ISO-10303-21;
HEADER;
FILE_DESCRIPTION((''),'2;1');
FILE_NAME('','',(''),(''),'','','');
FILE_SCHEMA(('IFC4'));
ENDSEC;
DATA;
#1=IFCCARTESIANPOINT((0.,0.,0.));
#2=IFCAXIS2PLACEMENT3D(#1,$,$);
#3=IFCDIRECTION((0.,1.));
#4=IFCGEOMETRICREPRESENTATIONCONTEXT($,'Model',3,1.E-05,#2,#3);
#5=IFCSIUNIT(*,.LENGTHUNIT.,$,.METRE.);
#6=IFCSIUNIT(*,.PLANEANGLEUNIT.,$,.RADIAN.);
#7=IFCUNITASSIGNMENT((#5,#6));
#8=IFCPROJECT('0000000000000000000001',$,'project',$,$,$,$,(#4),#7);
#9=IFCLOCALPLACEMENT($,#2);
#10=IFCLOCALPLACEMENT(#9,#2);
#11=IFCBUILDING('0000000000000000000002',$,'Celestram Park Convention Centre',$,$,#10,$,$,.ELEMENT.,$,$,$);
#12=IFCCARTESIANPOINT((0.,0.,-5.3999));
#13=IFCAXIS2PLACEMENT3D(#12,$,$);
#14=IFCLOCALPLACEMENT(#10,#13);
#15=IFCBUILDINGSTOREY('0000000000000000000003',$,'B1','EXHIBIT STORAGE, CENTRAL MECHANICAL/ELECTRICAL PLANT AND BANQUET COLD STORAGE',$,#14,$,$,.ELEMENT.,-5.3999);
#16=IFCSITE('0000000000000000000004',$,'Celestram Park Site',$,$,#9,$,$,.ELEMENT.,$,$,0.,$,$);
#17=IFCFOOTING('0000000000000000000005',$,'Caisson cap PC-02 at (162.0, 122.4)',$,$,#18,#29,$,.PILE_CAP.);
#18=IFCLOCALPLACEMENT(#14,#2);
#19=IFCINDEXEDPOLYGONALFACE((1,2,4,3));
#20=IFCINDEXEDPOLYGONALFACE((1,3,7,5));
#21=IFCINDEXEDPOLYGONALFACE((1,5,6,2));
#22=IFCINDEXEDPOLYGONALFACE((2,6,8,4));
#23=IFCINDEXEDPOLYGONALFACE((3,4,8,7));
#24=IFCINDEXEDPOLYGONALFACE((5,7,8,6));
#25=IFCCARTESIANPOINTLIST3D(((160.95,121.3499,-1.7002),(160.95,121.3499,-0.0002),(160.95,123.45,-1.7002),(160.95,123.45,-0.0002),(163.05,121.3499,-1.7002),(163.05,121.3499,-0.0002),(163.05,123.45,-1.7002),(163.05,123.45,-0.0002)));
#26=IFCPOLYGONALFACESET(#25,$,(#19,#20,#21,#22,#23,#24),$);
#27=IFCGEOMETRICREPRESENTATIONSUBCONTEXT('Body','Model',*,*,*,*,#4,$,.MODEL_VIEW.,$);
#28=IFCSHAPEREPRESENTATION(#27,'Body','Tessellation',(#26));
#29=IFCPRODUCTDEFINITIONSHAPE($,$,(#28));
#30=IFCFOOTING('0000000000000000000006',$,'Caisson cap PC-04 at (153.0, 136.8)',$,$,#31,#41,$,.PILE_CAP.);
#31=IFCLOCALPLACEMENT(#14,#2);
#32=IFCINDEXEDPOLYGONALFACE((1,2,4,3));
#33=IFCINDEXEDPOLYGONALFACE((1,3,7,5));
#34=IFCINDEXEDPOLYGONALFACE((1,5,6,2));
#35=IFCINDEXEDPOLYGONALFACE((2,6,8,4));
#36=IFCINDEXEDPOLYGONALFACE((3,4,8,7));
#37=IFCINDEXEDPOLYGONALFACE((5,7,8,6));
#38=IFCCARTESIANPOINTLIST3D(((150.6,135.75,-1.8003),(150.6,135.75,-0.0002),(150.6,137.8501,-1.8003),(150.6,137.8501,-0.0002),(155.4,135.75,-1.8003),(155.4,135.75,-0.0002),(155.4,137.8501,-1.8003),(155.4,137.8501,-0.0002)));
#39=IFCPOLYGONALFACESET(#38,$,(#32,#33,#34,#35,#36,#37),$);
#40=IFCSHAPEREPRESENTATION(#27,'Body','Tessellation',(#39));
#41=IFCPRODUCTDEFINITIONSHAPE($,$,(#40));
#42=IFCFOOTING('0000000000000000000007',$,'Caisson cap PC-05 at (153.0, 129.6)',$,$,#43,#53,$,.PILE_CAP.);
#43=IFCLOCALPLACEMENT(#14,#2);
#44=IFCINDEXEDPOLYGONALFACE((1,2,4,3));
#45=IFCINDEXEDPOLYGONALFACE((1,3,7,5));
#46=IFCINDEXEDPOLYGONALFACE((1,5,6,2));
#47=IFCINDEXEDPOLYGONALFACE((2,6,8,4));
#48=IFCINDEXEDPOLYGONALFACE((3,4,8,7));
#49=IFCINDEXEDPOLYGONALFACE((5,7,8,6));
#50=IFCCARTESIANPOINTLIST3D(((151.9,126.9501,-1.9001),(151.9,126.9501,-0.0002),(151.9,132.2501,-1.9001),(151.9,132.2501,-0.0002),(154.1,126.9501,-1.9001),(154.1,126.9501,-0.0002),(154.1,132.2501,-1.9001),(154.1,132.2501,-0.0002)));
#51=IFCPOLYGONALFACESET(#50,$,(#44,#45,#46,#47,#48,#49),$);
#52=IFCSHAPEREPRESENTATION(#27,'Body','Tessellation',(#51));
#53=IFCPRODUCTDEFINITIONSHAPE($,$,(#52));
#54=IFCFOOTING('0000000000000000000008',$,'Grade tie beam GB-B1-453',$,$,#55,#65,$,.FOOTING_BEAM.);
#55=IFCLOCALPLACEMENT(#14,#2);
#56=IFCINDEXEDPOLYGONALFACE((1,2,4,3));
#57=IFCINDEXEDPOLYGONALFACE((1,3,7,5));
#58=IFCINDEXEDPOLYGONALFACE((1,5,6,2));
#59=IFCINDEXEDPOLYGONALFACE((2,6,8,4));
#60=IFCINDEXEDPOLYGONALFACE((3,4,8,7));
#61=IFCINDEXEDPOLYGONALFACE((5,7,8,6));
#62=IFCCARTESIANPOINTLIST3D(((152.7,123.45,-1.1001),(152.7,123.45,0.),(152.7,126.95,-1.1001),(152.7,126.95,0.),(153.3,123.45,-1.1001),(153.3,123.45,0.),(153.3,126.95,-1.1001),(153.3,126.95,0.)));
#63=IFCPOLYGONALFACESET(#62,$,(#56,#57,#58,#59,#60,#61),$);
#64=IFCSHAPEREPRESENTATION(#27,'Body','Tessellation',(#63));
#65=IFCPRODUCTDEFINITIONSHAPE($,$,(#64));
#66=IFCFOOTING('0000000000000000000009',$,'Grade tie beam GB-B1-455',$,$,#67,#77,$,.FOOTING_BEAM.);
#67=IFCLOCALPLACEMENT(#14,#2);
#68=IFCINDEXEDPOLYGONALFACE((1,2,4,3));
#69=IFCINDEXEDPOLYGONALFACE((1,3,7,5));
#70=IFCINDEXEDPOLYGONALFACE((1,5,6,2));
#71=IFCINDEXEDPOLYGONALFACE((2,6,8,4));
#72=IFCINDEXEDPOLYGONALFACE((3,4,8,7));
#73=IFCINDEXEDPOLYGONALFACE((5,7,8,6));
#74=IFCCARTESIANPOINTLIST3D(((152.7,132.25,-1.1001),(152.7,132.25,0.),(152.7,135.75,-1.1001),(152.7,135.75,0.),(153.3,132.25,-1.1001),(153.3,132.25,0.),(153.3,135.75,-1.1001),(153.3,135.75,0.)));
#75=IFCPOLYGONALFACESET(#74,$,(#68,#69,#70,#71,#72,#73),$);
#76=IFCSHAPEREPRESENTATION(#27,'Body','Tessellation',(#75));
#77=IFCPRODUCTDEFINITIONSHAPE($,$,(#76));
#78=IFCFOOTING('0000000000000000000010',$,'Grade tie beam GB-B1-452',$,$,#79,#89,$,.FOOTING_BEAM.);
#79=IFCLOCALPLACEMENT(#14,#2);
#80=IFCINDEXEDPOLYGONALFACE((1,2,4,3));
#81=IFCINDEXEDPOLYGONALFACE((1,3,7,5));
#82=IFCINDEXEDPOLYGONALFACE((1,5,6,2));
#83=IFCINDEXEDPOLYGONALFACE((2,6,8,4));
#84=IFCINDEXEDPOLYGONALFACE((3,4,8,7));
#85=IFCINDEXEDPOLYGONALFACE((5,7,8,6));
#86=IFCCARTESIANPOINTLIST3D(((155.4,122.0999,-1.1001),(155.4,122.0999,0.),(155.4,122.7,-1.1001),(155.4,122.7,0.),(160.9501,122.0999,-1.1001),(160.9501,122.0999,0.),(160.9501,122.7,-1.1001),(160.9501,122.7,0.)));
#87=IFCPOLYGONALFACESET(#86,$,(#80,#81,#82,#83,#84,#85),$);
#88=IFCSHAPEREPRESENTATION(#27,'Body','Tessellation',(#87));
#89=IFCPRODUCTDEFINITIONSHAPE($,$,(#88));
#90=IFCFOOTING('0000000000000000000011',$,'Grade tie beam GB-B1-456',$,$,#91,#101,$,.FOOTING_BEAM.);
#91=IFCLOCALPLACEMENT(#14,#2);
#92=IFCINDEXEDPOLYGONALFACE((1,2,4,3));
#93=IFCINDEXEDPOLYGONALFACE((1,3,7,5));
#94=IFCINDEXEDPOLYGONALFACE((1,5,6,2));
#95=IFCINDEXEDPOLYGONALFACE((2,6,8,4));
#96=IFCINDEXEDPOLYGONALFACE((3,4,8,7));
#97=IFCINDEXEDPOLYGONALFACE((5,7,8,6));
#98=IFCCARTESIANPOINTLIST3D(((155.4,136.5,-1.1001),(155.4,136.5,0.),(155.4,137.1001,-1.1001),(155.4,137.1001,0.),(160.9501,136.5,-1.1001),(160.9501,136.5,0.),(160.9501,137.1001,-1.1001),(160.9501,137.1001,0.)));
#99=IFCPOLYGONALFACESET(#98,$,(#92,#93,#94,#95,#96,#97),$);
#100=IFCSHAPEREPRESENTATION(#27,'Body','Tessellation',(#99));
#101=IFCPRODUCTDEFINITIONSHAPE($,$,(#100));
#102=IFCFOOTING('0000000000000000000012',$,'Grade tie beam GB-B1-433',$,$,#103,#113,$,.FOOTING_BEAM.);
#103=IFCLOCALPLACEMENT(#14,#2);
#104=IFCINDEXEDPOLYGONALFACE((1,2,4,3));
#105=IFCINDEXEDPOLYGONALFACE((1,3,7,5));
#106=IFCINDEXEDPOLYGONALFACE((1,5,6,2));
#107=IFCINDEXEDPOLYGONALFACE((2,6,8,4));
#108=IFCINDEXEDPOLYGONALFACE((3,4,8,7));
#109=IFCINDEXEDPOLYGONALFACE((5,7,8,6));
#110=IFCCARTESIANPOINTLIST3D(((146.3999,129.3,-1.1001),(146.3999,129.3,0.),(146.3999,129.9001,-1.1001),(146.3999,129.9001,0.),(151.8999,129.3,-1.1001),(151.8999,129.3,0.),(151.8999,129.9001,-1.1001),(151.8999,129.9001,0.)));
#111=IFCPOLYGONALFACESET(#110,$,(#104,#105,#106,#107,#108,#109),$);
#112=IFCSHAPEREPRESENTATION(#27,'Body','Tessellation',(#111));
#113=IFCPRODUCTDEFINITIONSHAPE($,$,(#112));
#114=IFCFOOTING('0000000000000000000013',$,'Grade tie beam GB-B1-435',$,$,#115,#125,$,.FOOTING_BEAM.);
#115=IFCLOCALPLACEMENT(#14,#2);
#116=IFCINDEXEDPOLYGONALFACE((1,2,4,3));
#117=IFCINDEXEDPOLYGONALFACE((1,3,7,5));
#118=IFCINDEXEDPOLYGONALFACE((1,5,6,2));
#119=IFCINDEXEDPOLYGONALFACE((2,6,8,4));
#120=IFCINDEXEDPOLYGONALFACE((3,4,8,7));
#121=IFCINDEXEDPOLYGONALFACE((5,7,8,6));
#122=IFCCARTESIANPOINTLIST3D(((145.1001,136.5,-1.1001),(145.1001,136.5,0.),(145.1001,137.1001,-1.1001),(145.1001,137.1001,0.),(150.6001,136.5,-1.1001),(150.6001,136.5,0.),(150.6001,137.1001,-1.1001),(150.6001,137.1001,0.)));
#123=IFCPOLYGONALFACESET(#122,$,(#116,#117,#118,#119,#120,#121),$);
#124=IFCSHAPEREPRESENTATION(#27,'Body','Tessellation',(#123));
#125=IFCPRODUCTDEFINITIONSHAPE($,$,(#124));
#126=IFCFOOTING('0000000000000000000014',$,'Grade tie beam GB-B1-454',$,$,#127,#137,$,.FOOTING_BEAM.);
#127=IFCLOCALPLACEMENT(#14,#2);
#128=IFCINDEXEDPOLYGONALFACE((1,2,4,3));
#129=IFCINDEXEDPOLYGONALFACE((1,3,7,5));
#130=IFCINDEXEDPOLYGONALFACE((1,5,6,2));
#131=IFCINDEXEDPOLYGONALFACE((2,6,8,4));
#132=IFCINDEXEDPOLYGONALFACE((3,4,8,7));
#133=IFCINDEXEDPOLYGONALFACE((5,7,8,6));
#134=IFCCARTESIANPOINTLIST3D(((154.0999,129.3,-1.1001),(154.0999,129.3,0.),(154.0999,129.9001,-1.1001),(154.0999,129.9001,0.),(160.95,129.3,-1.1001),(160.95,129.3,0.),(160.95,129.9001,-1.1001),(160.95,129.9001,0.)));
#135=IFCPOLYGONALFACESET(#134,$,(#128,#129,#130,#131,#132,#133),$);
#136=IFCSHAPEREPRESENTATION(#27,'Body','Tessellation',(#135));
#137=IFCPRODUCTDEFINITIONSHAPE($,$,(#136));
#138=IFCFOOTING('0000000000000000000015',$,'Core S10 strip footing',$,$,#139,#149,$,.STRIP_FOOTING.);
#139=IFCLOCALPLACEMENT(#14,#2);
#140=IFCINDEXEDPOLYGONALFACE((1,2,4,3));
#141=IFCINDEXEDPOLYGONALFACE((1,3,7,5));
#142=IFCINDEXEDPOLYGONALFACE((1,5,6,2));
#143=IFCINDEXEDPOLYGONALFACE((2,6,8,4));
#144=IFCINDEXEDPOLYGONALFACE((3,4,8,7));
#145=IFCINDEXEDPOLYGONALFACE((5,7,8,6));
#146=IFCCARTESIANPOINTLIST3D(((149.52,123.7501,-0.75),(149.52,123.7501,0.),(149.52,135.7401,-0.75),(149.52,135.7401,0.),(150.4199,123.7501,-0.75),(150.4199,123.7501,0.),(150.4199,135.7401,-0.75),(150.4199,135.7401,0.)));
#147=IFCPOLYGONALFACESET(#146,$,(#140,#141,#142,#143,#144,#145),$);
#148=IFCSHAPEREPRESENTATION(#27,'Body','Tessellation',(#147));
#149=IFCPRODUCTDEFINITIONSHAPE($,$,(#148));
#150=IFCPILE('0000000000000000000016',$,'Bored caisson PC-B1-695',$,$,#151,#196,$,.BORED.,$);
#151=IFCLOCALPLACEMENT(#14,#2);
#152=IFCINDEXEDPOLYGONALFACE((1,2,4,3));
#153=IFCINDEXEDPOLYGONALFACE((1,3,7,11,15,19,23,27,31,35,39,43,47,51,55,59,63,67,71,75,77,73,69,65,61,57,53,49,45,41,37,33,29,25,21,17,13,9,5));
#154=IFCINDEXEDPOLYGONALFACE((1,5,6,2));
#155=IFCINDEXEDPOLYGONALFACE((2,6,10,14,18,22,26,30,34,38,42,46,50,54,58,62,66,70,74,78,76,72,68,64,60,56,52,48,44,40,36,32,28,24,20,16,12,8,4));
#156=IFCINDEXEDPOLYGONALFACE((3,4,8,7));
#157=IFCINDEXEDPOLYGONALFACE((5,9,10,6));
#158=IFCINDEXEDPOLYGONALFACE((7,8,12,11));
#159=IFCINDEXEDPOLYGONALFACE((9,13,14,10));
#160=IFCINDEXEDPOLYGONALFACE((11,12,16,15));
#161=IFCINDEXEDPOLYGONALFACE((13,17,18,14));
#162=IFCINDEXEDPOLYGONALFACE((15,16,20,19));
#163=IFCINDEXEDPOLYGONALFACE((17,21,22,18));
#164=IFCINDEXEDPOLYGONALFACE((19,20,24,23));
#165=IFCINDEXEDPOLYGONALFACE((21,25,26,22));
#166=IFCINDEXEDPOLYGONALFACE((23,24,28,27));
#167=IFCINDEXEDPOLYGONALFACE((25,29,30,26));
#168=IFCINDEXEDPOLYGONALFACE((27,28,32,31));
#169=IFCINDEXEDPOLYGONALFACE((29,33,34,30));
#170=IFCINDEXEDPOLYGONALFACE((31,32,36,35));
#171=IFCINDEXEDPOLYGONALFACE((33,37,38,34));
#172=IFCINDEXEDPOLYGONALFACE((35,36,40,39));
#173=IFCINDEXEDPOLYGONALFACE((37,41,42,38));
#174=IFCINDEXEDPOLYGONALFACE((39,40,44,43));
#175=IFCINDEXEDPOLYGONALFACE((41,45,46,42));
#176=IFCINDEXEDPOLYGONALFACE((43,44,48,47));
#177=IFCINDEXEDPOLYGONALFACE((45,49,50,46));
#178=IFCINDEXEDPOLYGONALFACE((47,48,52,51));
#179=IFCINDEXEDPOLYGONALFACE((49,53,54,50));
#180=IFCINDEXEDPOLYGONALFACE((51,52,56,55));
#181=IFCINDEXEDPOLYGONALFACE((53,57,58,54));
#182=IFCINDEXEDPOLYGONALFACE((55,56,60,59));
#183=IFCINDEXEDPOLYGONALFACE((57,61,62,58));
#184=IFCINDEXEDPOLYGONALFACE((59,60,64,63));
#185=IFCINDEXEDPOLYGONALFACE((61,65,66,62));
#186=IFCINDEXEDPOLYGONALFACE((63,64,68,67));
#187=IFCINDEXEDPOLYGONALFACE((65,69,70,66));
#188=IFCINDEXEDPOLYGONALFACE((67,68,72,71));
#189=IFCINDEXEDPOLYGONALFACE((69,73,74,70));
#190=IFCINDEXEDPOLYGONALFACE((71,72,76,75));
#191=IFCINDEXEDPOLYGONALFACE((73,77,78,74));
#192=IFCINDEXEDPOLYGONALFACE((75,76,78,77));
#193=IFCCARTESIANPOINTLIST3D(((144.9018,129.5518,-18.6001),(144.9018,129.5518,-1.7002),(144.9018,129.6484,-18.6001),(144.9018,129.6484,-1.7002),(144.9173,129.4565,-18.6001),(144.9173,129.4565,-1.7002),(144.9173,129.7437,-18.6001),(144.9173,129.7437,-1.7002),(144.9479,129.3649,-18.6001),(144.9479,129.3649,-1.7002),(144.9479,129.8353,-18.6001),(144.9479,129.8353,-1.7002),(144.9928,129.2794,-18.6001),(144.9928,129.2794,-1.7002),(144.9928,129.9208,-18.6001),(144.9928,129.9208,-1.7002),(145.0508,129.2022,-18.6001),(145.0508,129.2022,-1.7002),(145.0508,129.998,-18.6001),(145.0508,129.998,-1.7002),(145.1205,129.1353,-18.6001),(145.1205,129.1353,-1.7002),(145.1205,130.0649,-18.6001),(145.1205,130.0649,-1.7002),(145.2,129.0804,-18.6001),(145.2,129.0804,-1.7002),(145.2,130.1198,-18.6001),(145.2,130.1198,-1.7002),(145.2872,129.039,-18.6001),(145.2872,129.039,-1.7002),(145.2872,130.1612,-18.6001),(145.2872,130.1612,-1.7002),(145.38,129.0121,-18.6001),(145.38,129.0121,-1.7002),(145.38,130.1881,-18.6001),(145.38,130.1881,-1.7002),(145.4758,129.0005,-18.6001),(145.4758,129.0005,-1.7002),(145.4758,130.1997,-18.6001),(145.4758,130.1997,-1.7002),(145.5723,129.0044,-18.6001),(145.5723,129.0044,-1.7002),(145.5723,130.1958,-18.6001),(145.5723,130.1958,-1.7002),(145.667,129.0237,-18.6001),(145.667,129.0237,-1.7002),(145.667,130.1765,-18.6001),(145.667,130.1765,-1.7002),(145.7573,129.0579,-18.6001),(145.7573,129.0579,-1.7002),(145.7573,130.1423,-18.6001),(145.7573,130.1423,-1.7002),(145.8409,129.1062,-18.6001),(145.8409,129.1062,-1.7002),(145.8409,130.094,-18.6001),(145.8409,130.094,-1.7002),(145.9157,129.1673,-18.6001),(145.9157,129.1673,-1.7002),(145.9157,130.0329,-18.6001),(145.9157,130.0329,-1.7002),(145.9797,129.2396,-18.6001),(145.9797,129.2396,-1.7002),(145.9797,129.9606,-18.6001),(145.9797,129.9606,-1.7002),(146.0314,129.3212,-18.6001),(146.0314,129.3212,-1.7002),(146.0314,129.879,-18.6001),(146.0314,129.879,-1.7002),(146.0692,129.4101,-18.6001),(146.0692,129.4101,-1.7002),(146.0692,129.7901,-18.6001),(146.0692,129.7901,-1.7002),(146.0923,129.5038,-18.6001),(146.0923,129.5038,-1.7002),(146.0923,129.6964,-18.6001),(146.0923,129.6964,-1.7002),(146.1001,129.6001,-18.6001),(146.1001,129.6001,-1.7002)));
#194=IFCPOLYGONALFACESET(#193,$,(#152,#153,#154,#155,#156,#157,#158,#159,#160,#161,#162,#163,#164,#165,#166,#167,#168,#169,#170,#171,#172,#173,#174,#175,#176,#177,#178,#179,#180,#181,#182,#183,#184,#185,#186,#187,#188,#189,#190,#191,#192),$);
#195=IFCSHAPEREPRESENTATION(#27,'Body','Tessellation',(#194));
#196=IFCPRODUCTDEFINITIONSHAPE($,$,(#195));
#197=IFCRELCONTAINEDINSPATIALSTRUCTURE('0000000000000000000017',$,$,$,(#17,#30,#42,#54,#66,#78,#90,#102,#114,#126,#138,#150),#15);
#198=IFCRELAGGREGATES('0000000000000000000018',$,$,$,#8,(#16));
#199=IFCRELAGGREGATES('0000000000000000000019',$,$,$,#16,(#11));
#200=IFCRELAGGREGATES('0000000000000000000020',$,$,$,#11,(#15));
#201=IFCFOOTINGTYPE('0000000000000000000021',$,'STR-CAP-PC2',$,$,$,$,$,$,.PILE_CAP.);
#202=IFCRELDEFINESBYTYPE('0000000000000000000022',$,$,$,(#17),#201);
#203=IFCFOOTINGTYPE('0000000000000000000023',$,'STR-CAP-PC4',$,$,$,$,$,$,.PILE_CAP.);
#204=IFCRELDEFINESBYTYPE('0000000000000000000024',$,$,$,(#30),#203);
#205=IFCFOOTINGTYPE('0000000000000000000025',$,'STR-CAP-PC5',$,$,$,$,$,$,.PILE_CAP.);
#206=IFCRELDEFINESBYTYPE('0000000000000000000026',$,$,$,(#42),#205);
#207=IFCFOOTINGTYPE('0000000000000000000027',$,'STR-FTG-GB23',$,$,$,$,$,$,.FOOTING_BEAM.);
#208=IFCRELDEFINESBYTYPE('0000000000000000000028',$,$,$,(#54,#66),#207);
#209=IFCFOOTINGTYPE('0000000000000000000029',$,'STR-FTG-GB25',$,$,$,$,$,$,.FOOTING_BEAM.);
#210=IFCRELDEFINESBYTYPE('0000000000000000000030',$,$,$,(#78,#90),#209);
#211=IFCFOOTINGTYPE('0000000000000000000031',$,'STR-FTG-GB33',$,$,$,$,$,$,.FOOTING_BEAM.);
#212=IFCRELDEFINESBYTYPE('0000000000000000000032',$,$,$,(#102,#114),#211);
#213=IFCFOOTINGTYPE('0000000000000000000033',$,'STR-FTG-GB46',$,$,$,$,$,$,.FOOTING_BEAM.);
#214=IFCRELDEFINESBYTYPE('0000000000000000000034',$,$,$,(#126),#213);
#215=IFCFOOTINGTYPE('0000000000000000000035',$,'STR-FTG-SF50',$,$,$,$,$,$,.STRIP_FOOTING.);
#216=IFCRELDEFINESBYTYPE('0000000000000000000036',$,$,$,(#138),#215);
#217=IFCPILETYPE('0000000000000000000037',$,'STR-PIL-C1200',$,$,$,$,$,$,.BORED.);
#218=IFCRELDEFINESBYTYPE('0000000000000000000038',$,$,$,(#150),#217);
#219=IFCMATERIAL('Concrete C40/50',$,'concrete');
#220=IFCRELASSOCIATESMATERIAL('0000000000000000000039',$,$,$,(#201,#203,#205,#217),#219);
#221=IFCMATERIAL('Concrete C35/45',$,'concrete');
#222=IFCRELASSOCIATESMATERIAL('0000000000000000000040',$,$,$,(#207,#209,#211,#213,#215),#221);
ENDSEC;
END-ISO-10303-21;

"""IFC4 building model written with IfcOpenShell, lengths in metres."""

from ifc_helpers import new_model, si_unit, direction, frame, origin, origin_2d, place, context, subcontext, project, spatial, rectangle, circle, extrude, material, material_profile, profile_set, type_object, element, save


model = new_model("IFC4")

# Units and contexts
model_context = context("Model", 3, precision=1e-05, world=origin(), true_north=direction((0.0, 1.0)))
body_context = subcontext(model_context, "Body", "Model", "MODEL_VIEW")
ifc_project = project(units=[si_unit("LENGTHUNIT", "METRE"), si_unit("PLANEANGLEUNIT", "RADIAN")], contexts=[model_context])

# Site, building, storey
site_placement = place(None, origin())
site = spatial("IfcSite", under=ifc_project, at=site_placement, Name="Celestram Park Site", CompositionType="ELEMENT", RefElevation=0.0)
building_placement = place(site_placement, origin())
building = spatial("IfcBuilding", under=site, at=building_placement, Name="Celestram Park Convention Centre", CompositionType="ELEMENT")
storey_placement = place(building_placement, frame((0.0, 0.0, -5.3999)))
storey = spatial("IfcBuildingStorey", under=building, at=storey_placement, Name="B1", Description="EXHIBIT STORAGE, CENTRAL MECHANICAL/ELECTRICAL PLANT AND BANQUET COLD STORAGE", CompositionType="ELEMENT", Elevation=-5.3999)

# Footings
ifc_material_1 = material(Name="Concrete C40/50", Category="concrete")
footing_type_1 = type_object("IfcFootingType", Name="STR-CAP-PC2", PredefinedType="PILE_CAP", material=ifc_material_1)
footing_1_placement = place(storey_placement, frame((162.0, 122.3999, -1.7002), z_axis=(0.0, 0.0, 1.0), x_axis=(1.0, 0.0, 0.0)))
element("IfcFooting", 1, at=footing_1_placement, inside=storey, type_object=footing_type_1, Name="Caisson cap PC-02 at (162.0, 122.4)", PredefinedType="PILE_CAP", context=body_context, shape_type="SweptSolid", body=[
    extrude(rectangle(XDim=2.1001, YDim=2.1001, at=origin_2d()), origin(), (0.0, 0.0, 1.0), 1.7),
])
footing_type_2 = type_object("IfcFootingType", Name="STR-CAP-PC4", PredefinedType="PILE_CAP", material=ifc_material_1)
footing_2_placement = place(storey_placement, frame((153.0, 136.8, -1.8003), z_axis=(0.0, 0.0, 1.0), x_axis=(1.0, 0.0, 0.0)))
element("IfcFooting", 2, at=footing_2_placement, inside=storey, type_object=footing_type_2, Name="Caisson cap PC-04 at (153.0, 136.8)", PredefinedType="PILE_CAP", context=body_context, shape_type="SweptSolid", body=[
    extrude(rectangle(XDim=4.8, YDim=2.1001, at=origin_2d()), origin(), (0.0, 0.0, 1.0), 1.8),
])
footing_type_3 = type_object("IfcFootingType", Name="STR-CAP-PC5", PredefinedType="PILE_CAP", material=ifc_material_1)
footing_3_placement = place(storey_placement, frame((153.0, 129.6001, -1.9001), z_axis=(0.0, 0.0, 1.0), x_axis=(1.0, 0.0, 0.0)))
element("IfcFooting", 3, at=footing_3_placement, inside=storey, type_object=footing_type_3, Name="Caisson cap PC-05 at (153.0, 129.6)", PredefinedType="PILE_CAP", context=body_context, shape_type="SweptSolid", body=[
    extrude(rectangle(XDim=2.2, YDim=5.3, at=origin_2d()), origin(), (0.0, 0.0, 1.0), 1.8999),
])
ifc_material_2 = material(Name="Concrete C35/45", Category="concrete")
footing_type_4 = type_object("IfcFootingType", Name="STR-FTG-GB23", PredefinedType="FOOTING_BEAM", material=ifc_material_2)
for number, where, z_axis, x_axis, name in (
    (4, (153.0, 125.2, -1.1001), (0.0, 0.0, 1.0), (0.0, 1.0, 0.0), "Grade tie beam GB-B1-453"),
    (5, (153.0, 134.0, -1.1001), (0.0, 0.0, 1.0), (0.0, 1.0, 0.0), "Grade tie beam GB-B1-455"),
):
    element("IfcFooting", number, at=place(storey_placement, frame(where, z_axis=z_axis, x_axis=x_axis)), inside=storey, type_object=footing_type_4, Name=name, PredefinedType="FOOTING_BEAM", context=body_context, shape_type="SweptSolid", body=[
        extrude(rectangle(XDim=3.5, YDim=0.6001, at=origin_2d()), origin(), (0.0, 0.0, 1.0), 1.1001),
    ])
footing_type_5 = type_object("IfcFootingType", Name="STR-FTG-GB25", PredefinedType="FOOTING_BEAM", material=ifc_material_2)
for number, where, z_axis, x_axis, name in (
    (6, (158.175, 122.3999, -1.1001), (0.0, 0.0, 1.0), (1.0, 0.0, 0.0), "Grade tie beam GB-B1-452"),
    (7, (158.175, 136.8, -1.1001), (0.0, 0.0, 1.0), (1.0, 0.0, 0.0), "Grade tie beam GB-B1-456"),
):
    element("IfcFooting", number, at=place(storey_placement, frame(where, z_axis=z_axis, x_axis=x_axis)), inside=storey, type_object=footing_type_5, Name=name, PredefinedType="FOOTING_BEAM", context=body_context, shape_type="SweptSolid", body=[
        extrude(rectangle(XDim=5.55, YDim=0.6001, at=origin_2d()), origin(), (0.0, 0.0, 1.0), 1.1001),
    ])
footing_type_6 = type_object("IfcFootingType", Name="STR-FTG-GB33", PredefinedType="FOOTING_BEAM", material=ifc_material_2)
for number, where, z_axis, x_axis, name in (
    (8, (149.1499, 129.6001, -1.1001), (0.0, 0.0, 1.0), (1.0, 0.0, 0.0), "Grade tie beam GB-B1-433"),
    (9, (147.8501, 136.8, -1.1001), (0.0, 0.0, 1.0), (1.0, 0.0, 0.0), "Grade tie beam GB-B1-435"),
):
    element("IfcFooting", number, at=place(storey_placement, frame(where, z_axis=z_axis, x_axis=x_axis)), inside=storey, type_object=footing_type_6, Name=name, PredefinedType="FOOTING_BEAM", context=body_context, shape_type="SweptSolid", body=[
        extrude(rectangle(XDim=5.5, YDim=0.6001, at=origin_2d()), origin(), (0.0, 0.0, 1.0), 1.1001),
    ])
footing_type_7 = type_object("IfcFootingType", Name="STR-FTG-GB46", PredefinedType="FOOTING_BEAM", material=ifc_material_2)
footing_4_placement = place(storey_placement, frame((157.5249, 129.6001, -1.1001), z_axis=(0.0, 0.0, 1.0), x_axis=(1.0, 0.0, 0.0)))
element("IfcFooting", 10, at=footing_4_placement, inside=storey, type_object=footing_type_7, Name="Grade tie beam GB-B1-454", PredefinedType="FOOTING_BEAM", context=body_context, shape_type="SweptSolid", body=[
    extrude(rectangle(XDim=6.8501, YDim=0.6001, at=origin_2d()), origin(), (0.0, 0.0, 1.0), 1.1001),
])
footing_type_8 = type_object("IfcFootingType", Name="STR-FTG-SF50", PredefinedType="STRIP_FOOTING", material=ifc_material_2)
footing_5_placement = place(storey_placement, frame((149.97, 129.7451, -0.75), z_axis=(0.0, 0.0, 1.0), x_axis=(0.0, 1.0, 0.0)))
element("IfcFooting", 11, at=footing_5_placement, inside=storey, type_object=footing_type_8, Name="Core S10 strip footing", PredefinedType="STRIP_FOOTING", context=body_context, shape_type="SweptSolid", body=[
    extrude(rectangle(XDim=11.99, YDim=0.8999, at=origin_2d()), origin(), (0.0, 0.0, 1.0), 0.75),
])

# Pile
ifc_material_profile_1 = material_profile(ifc_material_1, circle(Radius=0.6001, at=origin_2d()), Name="CAISSON1200")
ifc_profile_set_1 = profile_set([ifc_material_profile_1], Name="Concrete C40/50")
pile_type_1 = type_object("IfcPileType", Name="STR-PIL-C1200", PredefinedType="BORED", material=ifc_profile_set_1)
for number, where, z_axis, x_axis, name in (
    (12, (145.5, 129.6001, -1.7002), (0.0, 0.0, -1.0), (1.0, 0.0, 0.0), "Bored caisson PC-B1-695"),
):
    element("IfcPile", number, at=place(storey_placement, frame(where, z_axis=z_axis, x_axis=x_axis)), inside=storey, type_object=pile_type_1, Name=name, PredefinedType="BORED", context=body_context, shape_type="SweptSolid", body=[
        extrude(circle(Radius=0.6001, at=origin_2d()), origin(), (0.0, 0.0, 1.0), 16.8999),
    ])

save(model, "model.ifc")
